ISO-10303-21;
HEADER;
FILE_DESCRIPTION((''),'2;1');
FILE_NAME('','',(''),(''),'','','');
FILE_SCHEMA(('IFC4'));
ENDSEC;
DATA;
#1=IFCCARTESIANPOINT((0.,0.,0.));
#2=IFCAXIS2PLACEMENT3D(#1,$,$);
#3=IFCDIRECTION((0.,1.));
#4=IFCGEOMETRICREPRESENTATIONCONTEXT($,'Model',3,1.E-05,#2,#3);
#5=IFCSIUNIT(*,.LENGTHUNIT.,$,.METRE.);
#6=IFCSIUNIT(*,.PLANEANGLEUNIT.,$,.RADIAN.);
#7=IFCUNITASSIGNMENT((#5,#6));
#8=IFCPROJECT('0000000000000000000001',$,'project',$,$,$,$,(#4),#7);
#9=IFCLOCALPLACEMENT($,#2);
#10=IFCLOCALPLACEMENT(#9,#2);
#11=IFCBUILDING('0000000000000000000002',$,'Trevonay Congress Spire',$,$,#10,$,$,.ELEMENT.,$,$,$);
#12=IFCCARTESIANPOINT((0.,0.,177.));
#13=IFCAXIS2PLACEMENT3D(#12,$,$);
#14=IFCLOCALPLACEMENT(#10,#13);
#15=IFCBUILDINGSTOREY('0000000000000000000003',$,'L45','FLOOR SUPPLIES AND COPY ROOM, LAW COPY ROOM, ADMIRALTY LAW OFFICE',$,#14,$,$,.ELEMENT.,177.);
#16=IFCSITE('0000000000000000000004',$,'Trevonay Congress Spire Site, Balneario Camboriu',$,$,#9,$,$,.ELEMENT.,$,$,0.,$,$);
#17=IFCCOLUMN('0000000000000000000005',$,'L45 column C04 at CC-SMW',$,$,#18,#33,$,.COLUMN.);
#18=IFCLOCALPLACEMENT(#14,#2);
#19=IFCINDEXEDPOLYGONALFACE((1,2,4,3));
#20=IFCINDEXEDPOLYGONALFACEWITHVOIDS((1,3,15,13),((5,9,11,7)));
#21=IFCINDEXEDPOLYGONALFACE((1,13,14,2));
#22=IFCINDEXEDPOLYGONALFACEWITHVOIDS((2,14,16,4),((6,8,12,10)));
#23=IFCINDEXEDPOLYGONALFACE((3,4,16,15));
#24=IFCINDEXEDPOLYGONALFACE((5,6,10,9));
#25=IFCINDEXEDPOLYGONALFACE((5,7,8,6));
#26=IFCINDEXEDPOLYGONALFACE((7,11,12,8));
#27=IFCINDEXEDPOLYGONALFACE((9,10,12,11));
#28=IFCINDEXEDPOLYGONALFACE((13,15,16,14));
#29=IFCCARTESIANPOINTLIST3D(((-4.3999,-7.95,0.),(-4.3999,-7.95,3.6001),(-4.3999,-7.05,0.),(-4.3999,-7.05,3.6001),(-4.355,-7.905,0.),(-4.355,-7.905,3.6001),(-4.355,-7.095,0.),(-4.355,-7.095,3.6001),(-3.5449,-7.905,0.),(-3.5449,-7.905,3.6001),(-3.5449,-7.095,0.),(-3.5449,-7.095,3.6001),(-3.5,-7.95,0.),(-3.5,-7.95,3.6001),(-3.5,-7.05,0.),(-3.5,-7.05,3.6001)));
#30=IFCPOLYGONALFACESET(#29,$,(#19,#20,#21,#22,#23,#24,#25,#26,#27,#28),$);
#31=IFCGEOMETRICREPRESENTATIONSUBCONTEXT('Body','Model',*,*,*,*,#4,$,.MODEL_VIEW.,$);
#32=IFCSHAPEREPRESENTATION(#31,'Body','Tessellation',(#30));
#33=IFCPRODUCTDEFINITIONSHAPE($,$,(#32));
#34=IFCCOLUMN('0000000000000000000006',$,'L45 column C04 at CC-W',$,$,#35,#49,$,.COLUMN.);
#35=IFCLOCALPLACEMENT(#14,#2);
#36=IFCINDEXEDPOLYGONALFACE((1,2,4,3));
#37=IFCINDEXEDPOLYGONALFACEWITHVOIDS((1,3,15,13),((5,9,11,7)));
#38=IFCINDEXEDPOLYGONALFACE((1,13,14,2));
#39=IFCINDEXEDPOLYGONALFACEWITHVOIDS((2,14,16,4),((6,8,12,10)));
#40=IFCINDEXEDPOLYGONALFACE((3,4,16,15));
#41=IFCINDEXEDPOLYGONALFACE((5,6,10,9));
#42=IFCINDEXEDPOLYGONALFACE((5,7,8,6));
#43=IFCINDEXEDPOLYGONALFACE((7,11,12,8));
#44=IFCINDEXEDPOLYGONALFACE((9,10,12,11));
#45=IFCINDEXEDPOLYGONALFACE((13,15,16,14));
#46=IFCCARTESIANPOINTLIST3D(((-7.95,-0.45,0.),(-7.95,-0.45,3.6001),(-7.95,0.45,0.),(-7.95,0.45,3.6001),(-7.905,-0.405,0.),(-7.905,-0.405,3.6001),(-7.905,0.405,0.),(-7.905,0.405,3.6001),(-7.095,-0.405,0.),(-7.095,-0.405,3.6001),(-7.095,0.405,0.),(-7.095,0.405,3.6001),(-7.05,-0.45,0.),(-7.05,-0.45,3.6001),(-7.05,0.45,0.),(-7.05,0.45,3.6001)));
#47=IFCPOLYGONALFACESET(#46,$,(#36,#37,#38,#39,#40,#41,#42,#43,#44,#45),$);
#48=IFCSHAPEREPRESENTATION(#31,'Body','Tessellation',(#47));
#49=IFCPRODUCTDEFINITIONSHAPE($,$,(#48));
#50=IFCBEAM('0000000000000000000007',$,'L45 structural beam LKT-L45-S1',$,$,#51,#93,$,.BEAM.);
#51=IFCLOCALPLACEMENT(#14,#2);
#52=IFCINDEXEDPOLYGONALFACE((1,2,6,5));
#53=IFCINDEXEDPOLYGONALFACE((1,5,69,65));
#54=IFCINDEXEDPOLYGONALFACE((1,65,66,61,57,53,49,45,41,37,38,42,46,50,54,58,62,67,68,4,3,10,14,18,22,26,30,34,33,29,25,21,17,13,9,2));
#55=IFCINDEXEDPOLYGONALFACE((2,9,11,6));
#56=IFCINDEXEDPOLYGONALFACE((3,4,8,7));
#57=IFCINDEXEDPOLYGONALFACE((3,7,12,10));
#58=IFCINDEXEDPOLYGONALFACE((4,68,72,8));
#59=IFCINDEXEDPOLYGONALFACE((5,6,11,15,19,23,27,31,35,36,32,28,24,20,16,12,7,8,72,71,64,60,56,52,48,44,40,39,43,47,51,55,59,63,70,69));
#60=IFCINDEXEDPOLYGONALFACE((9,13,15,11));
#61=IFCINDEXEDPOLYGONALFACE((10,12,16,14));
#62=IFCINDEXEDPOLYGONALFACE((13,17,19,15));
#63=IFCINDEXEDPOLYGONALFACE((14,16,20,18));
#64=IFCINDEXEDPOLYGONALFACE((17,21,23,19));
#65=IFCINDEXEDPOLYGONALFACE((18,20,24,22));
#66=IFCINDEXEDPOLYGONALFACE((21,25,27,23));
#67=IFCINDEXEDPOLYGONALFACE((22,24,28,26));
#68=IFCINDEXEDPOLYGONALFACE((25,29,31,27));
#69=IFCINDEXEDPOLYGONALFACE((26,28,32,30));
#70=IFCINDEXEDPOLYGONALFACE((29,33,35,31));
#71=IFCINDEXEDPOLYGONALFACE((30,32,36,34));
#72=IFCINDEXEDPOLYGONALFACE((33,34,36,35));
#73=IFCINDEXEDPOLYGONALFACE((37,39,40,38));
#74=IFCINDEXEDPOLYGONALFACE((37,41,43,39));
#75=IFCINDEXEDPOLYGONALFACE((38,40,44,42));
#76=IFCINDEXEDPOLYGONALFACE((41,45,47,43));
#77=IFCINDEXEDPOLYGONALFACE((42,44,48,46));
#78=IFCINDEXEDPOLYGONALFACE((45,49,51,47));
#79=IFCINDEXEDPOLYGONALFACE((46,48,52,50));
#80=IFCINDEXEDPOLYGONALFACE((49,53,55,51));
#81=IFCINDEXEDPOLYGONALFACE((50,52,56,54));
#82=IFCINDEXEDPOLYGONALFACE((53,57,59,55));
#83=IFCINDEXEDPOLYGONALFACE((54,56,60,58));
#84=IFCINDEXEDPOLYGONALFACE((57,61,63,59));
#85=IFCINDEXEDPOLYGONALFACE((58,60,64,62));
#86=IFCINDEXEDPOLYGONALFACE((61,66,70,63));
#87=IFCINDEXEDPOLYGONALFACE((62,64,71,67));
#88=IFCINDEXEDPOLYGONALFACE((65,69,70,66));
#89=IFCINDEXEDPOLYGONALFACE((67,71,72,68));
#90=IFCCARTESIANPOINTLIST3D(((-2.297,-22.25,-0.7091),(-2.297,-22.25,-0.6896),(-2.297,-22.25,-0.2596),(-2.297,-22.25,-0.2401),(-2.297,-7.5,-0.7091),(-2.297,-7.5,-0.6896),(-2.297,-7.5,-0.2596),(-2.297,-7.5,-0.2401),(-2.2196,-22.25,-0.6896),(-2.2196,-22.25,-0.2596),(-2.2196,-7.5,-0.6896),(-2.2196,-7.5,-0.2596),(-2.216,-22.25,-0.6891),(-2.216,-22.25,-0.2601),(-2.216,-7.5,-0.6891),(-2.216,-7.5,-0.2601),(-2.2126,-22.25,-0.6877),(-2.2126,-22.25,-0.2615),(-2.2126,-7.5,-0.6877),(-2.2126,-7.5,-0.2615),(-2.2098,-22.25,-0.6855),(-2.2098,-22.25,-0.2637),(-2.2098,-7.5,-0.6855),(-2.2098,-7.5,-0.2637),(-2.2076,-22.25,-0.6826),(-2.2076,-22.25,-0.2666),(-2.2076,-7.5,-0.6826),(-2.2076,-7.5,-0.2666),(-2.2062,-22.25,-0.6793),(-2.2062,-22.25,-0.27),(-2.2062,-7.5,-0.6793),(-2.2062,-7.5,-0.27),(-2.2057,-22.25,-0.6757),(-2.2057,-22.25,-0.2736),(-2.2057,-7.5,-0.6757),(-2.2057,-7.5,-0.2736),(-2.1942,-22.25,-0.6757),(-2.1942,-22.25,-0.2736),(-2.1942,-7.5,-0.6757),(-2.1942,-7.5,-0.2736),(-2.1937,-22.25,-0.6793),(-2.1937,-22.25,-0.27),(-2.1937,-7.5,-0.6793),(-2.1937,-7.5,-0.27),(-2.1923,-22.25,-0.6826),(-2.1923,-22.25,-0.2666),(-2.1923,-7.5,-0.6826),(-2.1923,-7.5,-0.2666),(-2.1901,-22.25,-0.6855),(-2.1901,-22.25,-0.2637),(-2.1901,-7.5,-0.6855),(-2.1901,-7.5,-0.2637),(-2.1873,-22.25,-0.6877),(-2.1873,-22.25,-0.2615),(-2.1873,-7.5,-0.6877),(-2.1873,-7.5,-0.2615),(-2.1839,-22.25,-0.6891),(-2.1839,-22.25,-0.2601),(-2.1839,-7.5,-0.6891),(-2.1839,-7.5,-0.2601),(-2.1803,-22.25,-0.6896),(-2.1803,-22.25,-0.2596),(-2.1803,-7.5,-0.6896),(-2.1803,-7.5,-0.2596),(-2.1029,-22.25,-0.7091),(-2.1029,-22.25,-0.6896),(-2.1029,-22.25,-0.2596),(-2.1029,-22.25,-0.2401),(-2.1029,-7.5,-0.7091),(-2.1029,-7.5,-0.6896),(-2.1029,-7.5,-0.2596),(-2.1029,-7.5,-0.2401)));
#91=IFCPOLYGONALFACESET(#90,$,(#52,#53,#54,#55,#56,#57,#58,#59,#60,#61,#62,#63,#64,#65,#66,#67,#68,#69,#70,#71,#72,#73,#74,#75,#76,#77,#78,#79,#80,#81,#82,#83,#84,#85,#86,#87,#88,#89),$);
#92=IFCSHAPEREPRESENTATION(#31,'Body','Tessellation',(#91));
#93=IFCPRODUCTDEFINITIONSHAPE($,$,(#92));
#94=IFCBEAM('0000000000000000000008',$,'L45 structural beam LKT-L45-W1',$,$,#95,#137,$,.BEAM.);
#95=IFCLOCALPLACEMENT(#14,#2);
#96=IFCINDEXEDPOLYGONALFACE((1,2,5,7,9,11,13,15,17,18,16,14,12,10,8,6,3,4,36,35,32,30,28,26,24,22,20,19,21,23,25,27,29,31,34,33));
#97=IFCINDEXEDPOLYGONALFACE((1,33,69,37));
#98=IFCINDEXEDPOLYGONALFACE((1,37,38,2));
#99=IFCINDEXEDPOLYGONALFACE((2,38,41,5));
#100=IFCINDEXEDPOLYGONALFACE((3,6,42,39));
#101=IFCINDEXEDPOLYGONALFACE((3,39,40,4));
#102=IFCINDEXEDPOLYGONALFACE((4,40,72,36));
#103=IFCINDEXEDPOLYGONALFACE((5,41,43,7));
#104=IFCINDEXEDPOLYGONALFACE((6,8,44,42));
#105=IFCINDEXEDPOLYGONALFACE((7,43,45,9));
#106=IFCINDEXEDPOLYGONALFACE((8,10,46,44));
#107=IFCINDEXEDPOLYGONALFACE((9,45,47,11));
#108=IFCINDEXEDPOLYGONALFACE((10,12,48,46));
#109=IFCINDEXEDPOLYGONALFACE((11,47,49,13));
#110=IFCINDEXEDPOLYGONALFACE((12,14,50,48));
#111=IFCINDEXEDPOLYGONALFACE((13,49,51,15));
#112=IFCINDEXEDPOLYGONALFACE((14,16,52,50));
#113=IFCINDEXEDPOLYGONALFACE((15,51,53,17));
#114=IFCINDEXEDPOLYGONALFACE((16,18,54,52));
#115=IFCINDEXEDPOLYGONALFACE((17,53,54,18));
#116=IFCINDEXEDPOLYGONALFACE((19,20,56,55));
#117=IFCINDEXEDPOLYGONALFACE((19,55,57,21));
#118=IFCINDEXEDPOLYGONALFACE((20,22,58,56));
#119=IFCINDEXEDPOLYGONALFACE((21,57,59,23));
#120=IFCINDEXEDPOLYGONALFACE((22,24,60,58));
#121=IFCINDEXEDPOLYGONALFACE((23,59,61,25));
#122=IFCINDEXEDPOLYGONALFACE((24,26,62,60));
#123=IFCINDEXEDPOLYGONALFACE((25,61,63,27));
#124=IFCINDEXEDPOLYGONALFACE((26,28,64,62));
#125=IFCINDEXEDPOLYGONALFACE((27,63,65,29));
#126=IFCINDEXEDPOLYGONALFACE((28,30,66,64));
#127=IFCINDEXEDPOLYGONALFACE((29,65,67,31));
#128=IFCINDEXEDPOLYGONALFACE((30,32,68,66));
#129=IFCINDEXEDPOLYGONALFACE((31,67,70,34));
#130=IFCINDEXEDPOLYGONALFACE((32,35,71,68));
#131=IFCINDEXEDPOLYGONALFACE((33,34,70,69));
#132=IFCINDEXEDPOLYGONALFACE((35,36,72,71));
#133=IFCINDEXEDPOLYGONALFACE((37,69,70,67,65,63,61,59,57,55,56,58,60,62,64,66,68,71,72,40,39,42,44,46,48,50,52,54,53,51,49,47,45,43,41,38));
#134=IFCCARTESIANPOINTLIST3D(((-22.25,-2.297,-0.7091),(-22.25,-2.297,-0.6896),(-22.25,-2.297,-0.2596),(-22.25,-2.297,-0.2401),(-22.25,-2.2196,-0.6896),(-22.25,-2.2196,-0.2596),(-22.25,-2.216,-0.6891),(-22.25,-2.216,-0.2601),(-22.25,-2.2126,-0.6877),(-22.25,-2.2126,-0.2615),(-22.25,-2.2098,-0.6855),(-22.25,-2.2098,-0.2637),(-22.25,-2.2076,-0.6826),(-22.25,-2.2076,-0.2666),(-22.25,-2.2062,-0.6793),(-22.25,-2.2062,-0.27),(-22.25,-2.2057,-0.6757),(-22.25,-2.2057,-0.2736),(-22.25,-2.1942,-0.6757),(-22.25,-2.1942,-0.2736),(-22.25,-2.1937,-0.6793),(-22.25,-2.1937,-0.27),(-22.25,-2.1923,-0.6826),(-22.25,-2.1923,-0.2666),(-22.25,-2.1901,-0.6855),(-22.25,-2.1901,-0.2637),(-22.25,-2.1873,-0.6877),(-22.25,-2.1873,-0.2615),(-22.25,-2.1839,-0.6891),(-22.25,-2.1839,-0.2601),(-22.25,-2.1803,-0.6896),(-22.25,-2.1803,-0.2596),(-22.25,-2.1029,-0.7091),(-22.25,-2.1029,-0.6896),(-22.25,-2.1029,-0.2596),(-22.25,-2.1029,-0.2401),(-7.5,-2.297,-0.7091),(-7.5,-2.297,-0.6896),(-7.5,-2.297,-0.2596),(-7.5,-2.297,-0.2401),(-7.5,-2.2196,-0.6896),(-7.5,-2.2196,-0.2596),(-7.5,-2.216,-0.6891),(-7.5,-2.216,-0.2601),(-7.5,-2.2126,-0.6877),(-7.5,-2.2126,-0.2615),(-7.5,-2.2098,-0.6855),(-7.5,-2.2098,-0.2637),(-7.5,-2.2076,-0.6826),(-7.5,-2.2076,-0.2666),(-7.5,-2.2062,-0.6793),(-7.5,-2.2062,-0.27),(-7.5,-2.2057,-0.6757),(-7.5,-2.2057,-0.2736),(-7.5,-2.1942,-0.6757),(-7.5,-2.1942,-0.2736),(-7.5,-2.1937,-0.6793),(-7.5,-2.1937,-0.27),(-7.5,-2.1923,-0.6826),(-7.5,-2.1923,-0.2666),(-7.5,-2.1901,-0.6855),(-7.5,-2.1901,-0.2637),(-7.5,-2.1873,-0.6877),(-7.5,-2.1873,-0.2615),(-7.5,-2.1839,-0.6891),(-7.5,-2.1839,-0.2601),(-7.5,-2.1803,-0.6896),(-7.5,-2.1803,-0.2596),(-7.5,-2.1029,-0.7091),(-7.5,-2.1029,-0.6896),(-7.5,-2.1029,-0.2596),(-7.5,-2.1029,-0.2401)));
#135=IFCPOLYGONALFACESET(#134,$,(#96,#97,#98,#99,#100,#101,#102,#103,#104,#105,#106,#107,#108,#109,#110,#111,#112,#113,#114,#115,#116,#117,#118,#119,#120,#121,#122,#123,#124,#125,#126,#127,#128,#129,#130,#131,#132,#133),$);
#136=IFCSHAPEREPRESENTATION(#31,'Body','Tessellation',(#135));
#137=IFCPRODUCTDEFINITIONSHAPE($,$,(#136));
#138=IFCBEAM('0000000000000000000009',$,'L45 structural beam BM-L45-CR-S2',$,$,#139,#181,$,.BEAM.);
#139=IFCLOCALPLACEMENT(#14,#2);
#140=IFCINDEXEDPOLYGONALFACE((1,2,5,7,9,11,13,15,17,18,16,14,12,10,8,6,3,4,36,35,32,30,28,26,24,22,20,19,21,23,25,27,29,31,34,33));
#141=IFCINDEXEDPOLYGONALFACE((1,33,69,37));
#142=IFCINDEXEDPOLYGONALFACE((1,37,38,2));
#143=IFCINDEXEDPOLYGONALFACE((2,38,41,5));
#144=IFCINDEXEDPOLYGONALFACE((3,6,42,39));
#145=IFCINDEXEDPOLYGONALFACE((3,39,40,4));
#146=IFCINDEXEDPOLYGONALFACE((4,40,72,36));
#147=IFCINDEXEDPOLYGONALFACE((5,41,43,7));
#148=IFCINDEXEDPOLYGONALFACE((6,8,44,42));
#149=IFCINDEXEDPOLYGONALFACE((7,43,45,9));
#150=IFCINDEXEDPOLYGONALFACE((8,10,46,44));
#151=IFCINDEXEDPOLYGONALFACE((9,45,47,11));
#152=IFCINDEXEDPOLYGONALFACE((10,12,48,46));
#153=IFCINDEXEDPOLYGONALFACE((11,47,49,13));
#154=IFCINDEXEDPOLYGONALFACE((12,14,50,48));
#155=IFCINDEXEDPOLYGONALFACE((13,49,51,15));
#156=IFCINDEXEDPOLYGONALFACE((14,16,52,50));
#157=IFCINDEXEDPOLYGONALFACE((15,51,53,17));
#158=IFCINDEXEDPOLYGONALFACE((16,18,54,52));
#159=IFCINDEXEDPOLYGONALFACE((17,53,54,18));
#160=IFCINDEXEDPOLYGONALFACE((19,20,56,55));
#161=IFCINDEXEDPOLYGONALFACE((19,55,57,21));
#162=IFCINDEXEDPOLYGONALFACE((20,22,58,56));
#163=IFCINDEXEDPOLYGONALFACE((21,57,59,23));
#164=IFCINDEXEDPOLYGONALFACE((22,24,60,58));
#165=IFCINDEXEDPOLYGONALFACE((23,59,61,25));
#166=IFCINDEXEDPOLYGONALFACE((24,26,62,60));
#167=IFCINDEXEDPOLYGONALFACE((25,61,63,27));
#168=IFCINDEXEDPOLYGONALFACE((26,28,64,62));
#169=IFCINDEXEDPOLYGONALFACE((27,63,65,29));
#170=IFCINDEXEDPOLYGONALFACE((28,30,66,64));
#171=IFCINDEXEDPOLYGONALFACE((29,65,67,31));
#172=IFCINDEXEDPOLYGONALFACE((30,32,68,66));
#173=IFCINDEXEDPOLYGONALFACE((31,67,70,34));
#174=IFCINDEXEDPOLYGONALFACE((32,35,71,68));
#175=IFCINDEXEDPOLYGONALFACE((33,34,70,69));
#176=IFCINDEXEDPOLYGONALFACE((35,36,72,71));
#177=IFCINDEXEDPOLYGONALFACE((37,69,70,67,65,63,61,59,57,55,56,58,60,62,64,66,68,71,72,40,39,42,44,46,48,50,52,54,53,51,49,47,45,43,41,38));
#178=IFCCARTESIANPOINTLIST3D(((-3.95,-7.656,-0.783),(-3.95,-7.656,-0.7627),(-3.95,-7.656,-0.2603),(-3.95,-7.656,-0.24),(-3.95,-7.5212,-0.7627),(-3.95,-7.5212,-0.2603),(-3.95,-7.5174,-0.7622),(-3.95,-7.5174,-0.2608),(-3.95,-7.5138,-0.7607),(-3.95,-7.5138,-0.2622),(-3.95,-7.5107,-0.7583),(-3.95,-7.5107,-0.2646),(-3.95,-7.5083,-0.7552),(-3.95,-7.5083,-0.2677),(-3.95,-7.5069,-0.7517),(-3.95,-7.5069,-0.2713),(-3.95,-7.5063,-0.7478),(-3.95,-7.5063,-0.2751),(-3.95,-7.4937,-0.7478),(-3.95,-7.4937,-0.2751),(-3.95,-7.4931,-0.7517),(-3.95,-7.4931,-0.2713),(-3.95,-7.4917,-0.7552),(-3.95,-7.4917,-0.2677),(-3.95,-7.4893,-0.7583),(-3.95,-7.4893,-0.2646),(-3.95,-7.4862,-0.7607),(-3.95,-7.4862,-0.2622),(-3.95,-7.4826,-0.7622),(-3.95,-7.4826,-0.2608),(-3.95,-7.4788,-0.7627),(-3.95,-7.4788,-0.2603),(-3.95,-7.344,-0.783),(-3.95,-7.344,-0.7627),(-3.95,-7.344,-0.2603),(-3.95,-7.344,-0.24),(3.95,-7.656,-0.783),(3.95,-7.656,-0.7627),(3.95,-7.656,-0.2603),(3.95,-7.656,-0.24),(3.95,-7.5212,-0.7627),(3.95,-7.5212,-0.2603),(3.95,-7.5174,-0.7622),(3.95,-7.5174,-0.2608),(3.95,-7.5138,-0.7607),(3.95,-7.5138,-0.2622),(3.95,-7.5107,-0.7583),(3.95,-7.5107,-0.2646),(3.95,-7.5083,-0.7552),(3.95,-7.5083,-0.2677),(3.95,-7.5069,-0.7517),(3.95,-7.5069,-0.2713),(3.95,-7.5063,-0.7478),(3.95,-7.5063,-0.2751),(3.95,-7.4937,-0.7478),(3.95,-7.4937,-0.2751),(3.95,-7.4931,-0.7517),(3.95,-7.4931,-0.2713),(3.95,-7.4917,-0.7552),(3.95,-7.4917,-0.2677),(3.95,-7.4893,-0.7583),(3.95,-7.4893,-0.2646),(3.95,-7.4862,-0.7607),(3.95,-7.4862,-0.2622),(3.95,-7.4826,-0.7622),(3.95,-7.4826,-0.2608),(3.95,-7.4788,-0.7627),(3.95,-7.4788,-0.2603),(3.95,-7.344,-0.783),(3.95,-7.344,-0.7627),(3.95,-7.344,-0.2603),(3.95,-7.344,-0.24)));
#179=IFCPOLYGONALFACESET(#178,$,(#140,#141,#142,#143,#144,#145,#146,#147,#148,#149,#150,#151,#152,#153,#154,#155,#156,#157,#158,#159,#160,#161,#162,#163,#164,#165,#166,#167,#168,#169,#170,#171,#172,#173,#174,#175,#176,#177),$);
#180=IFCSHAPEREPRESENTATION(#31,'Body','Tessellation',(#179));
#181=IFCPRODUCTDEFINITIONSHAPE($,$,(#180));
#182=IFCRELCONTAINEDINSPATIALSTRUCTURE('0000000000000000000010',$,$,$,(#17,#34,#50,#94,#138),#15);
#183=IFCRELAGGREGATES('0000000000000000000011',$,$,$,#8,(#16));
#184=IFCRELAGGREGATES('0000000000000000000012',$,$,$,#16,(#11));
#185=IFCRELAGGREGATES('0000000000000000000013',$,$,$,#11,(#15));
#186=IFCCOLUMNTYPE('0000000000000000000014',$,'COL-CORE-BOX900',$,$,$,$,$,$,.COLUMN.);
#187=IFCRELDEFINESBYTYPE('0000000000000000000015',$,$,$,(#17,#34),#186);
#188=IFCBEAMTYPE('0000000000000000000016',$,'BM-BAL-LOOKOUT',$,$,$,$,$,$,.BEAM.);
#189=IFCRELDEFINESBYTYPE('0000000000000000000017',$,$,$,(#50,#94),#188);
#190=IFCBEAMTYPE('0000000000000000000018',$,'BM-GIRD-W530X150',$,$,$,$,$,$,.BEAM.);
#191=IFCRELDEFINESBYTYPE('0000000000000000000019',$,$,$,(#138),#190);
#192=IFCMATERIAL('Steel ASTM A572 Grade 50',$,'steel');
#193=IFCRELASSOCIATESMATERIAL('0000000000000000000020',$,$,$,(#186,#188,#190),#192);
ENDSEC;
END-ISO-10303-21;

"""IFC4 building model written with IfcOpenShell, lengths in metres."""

from ifc_helpers import new_model, si_unit, direction, frame, origin, origin_2d, place, context, subcontext, project, spatial, hollow_rectangle, i_section, extrude, material, material_profile, profile_set, type_object, element, save


model = new_model("IFC4")

# Units and contexts
model_context = context("Model", 3, precision=1e-05, world=origin(), true_north=direction((0.0, 1.0)))
body_context = subcontext(model_context, "Body", "Model", "MODEL_VIEW")
ifc_project = project(units=[si_unit("LENGTHUNIT", "METRE"), si_unit("PLANEANGLEUNIT", "RADIAN")], contexts=[model_context])

# Site, building, storey
site_placement = place(None, origin())
site = spatial("IfcSite", under=ifc_project, at=site_placement, Name="Trevonay Congress Spire Site, Balneario Camboriu", CompositionType="ELEMENT", RefElevation=0.0)
building_placement = place(site_placement, origin())
building = spatial("IfcBuilding", under=site, at=building_placement, Name="Trevonay Congress Spire", CompositionType="ELEMENT")
storey_placement = place(building_placement, frame((0.0, 0.0, 177.0)))
storey = spatial("IfcBuildingStorey", under=building, at=storey_placement, Name="L45", Description="FLOOR SUPPLIES AND COPY ROOM, LAW COPY ROOM, ADMIRALTY LAW OFFICE", CompositionType="ELEMENT", Elevation=177.0)

# Columns
ifc_material_1 = material(Name="Steel ASTM A572 Grade 50", Category="steel")
ifc_material_profile_1 = material_profile(ifc_material_1, hollow_rectangle(XDim=0.8999, YDim=0.8999, WallThickness=0.0449, at=origin_2d()), Name="BOX 900x900x45")
ifc_profile_set_1 = profile_set([ifc_material_profile_1], Name="Steel ASTM A572 Grade 50")
column_type = type_object("IfcColumnType", Name="COL-CORE-BOX900", PredefinedType="COLUMN", material=ifc_profile_set_1)
for number, where, z_axis, x_axis, name in (
    (1, (-3.95, -7.5, 0.0), (0.0, 0.0, 1.0), (1.0, 0.0, 0.0), "L45 column C04 at CC-SMW"),
    (2, (-7.5, 0.0, 0.0), (0.0, 0.0, 1.0), (1.0, 0.0, 0.0), "L45 column C04 at CC-W"),
):
    element("IfcColumn", number, at=place(storey_placement, frame(where, z_axis=z_axis, x_axis=x_axis)), inside=storey, type_object=column_type, Name=name, PredefinedType="COLUMN", context=body_context, shape_type="SweptSolid", body=[
        extrude(hollow_rectangle(XDim=0.8999, YDim=0.8999, WallThickness=0.0449, at=origin_2d()), origin(), (0.0, 0.0, 1.0), 3.6001),
    ])

# Beams
ifc_material_profile_2 = material_profile(ifc_material_1, i_section(OverallWidth=0.1941, OverallDepth=0.469, WebThickness=0.0115, FlangeThickness=0.0195, FilletRadius=0.0139, at=origin_2d()), Name="W460x106")
ifc_profile_set_2 = profile_set([ifc_material_profile_2], Name="Steel ASTM A572 Grade 50")
beam_type_1 = type_object("IfcBeamType", Name="BM-BAL-LOOKOUT", PredefinedType="BEAM", material=ifc_profile_set_2)
for number, where, z_axis, x_axis, name in (
    (3, (-2.2, -7.5, -0.4746), (0.0, -1.0, 0.0), (1.0, 0.0, 0.0), "L45 structural beam LKT-L45-S1"),
    (4, (-7.5, -2.2, -0.4746), (-1.0, 0.0, 0.0), (0.0, -1.0, 0.0), "L45 structural beam LKT-L45-W1"),
):
    element("IfcBeam", number, at=place(storey_placement, frame(where, z_axis=z_axis, x_axis=x_axis)), inside=storey, type_object=beam_type_1, Name=name, PredefinedType="BEAM", context=body_context, shape_type="SweptSolid", body=[
        extrude(i_section(OverallWidth=0.1941, OverallDepth=0.469, WebThickness=0.0115, FlangeThickness=0.0195, FilletRadius=0.0139, at=origin_2d()), origin(), (0.0, 0.0, 1.0), 14.75),
    ])
ifc_material_profile_3 = material_profile(ifc_material_1, i_section(OverallWidth=0.312, OverallDepth=0.543, WebThickness=0.0127, FlangeThickness=0.0203, FilletRadius=0.0149, at=origin_2d()), Name="W530x150")
ifc_profile_set_3 = profile_set([ifc_material_profile_3], Name="Steel ASTM A572 Grade 50")
beam_type_2 = type_object("IfcBeamType", Name="BM-GIRD-W530X150", PredefinedType="BEAM", material=ifc_profile_set_3)
beam_1_placement = place(storey_placement, frame((-3.95, -7.5, -0.5115), z_axis=(1.0, 0.0, 0.0), x_axis=(0.0, 1.0, 0.0)))
element("IfcBeam", 5, at=beam_1_placement, inside=storey, type_object=beam_type_2, Name="L45 structural beam BM-L45-CR-S2", PredefinedType="BEAM", context=body_context, shape_type="SweptSolid", body=[
    extrude(i_section(OverallWidth=0.312, OverallDepth=0.543, WebThickness=0.0127, FlangeThickness=0.0203, FilletRadius=0.0149, at=origin_2d()), origin(), (0.0, 0.0, 1.0), 7.8999),
])

save(model, "model.ifc")
